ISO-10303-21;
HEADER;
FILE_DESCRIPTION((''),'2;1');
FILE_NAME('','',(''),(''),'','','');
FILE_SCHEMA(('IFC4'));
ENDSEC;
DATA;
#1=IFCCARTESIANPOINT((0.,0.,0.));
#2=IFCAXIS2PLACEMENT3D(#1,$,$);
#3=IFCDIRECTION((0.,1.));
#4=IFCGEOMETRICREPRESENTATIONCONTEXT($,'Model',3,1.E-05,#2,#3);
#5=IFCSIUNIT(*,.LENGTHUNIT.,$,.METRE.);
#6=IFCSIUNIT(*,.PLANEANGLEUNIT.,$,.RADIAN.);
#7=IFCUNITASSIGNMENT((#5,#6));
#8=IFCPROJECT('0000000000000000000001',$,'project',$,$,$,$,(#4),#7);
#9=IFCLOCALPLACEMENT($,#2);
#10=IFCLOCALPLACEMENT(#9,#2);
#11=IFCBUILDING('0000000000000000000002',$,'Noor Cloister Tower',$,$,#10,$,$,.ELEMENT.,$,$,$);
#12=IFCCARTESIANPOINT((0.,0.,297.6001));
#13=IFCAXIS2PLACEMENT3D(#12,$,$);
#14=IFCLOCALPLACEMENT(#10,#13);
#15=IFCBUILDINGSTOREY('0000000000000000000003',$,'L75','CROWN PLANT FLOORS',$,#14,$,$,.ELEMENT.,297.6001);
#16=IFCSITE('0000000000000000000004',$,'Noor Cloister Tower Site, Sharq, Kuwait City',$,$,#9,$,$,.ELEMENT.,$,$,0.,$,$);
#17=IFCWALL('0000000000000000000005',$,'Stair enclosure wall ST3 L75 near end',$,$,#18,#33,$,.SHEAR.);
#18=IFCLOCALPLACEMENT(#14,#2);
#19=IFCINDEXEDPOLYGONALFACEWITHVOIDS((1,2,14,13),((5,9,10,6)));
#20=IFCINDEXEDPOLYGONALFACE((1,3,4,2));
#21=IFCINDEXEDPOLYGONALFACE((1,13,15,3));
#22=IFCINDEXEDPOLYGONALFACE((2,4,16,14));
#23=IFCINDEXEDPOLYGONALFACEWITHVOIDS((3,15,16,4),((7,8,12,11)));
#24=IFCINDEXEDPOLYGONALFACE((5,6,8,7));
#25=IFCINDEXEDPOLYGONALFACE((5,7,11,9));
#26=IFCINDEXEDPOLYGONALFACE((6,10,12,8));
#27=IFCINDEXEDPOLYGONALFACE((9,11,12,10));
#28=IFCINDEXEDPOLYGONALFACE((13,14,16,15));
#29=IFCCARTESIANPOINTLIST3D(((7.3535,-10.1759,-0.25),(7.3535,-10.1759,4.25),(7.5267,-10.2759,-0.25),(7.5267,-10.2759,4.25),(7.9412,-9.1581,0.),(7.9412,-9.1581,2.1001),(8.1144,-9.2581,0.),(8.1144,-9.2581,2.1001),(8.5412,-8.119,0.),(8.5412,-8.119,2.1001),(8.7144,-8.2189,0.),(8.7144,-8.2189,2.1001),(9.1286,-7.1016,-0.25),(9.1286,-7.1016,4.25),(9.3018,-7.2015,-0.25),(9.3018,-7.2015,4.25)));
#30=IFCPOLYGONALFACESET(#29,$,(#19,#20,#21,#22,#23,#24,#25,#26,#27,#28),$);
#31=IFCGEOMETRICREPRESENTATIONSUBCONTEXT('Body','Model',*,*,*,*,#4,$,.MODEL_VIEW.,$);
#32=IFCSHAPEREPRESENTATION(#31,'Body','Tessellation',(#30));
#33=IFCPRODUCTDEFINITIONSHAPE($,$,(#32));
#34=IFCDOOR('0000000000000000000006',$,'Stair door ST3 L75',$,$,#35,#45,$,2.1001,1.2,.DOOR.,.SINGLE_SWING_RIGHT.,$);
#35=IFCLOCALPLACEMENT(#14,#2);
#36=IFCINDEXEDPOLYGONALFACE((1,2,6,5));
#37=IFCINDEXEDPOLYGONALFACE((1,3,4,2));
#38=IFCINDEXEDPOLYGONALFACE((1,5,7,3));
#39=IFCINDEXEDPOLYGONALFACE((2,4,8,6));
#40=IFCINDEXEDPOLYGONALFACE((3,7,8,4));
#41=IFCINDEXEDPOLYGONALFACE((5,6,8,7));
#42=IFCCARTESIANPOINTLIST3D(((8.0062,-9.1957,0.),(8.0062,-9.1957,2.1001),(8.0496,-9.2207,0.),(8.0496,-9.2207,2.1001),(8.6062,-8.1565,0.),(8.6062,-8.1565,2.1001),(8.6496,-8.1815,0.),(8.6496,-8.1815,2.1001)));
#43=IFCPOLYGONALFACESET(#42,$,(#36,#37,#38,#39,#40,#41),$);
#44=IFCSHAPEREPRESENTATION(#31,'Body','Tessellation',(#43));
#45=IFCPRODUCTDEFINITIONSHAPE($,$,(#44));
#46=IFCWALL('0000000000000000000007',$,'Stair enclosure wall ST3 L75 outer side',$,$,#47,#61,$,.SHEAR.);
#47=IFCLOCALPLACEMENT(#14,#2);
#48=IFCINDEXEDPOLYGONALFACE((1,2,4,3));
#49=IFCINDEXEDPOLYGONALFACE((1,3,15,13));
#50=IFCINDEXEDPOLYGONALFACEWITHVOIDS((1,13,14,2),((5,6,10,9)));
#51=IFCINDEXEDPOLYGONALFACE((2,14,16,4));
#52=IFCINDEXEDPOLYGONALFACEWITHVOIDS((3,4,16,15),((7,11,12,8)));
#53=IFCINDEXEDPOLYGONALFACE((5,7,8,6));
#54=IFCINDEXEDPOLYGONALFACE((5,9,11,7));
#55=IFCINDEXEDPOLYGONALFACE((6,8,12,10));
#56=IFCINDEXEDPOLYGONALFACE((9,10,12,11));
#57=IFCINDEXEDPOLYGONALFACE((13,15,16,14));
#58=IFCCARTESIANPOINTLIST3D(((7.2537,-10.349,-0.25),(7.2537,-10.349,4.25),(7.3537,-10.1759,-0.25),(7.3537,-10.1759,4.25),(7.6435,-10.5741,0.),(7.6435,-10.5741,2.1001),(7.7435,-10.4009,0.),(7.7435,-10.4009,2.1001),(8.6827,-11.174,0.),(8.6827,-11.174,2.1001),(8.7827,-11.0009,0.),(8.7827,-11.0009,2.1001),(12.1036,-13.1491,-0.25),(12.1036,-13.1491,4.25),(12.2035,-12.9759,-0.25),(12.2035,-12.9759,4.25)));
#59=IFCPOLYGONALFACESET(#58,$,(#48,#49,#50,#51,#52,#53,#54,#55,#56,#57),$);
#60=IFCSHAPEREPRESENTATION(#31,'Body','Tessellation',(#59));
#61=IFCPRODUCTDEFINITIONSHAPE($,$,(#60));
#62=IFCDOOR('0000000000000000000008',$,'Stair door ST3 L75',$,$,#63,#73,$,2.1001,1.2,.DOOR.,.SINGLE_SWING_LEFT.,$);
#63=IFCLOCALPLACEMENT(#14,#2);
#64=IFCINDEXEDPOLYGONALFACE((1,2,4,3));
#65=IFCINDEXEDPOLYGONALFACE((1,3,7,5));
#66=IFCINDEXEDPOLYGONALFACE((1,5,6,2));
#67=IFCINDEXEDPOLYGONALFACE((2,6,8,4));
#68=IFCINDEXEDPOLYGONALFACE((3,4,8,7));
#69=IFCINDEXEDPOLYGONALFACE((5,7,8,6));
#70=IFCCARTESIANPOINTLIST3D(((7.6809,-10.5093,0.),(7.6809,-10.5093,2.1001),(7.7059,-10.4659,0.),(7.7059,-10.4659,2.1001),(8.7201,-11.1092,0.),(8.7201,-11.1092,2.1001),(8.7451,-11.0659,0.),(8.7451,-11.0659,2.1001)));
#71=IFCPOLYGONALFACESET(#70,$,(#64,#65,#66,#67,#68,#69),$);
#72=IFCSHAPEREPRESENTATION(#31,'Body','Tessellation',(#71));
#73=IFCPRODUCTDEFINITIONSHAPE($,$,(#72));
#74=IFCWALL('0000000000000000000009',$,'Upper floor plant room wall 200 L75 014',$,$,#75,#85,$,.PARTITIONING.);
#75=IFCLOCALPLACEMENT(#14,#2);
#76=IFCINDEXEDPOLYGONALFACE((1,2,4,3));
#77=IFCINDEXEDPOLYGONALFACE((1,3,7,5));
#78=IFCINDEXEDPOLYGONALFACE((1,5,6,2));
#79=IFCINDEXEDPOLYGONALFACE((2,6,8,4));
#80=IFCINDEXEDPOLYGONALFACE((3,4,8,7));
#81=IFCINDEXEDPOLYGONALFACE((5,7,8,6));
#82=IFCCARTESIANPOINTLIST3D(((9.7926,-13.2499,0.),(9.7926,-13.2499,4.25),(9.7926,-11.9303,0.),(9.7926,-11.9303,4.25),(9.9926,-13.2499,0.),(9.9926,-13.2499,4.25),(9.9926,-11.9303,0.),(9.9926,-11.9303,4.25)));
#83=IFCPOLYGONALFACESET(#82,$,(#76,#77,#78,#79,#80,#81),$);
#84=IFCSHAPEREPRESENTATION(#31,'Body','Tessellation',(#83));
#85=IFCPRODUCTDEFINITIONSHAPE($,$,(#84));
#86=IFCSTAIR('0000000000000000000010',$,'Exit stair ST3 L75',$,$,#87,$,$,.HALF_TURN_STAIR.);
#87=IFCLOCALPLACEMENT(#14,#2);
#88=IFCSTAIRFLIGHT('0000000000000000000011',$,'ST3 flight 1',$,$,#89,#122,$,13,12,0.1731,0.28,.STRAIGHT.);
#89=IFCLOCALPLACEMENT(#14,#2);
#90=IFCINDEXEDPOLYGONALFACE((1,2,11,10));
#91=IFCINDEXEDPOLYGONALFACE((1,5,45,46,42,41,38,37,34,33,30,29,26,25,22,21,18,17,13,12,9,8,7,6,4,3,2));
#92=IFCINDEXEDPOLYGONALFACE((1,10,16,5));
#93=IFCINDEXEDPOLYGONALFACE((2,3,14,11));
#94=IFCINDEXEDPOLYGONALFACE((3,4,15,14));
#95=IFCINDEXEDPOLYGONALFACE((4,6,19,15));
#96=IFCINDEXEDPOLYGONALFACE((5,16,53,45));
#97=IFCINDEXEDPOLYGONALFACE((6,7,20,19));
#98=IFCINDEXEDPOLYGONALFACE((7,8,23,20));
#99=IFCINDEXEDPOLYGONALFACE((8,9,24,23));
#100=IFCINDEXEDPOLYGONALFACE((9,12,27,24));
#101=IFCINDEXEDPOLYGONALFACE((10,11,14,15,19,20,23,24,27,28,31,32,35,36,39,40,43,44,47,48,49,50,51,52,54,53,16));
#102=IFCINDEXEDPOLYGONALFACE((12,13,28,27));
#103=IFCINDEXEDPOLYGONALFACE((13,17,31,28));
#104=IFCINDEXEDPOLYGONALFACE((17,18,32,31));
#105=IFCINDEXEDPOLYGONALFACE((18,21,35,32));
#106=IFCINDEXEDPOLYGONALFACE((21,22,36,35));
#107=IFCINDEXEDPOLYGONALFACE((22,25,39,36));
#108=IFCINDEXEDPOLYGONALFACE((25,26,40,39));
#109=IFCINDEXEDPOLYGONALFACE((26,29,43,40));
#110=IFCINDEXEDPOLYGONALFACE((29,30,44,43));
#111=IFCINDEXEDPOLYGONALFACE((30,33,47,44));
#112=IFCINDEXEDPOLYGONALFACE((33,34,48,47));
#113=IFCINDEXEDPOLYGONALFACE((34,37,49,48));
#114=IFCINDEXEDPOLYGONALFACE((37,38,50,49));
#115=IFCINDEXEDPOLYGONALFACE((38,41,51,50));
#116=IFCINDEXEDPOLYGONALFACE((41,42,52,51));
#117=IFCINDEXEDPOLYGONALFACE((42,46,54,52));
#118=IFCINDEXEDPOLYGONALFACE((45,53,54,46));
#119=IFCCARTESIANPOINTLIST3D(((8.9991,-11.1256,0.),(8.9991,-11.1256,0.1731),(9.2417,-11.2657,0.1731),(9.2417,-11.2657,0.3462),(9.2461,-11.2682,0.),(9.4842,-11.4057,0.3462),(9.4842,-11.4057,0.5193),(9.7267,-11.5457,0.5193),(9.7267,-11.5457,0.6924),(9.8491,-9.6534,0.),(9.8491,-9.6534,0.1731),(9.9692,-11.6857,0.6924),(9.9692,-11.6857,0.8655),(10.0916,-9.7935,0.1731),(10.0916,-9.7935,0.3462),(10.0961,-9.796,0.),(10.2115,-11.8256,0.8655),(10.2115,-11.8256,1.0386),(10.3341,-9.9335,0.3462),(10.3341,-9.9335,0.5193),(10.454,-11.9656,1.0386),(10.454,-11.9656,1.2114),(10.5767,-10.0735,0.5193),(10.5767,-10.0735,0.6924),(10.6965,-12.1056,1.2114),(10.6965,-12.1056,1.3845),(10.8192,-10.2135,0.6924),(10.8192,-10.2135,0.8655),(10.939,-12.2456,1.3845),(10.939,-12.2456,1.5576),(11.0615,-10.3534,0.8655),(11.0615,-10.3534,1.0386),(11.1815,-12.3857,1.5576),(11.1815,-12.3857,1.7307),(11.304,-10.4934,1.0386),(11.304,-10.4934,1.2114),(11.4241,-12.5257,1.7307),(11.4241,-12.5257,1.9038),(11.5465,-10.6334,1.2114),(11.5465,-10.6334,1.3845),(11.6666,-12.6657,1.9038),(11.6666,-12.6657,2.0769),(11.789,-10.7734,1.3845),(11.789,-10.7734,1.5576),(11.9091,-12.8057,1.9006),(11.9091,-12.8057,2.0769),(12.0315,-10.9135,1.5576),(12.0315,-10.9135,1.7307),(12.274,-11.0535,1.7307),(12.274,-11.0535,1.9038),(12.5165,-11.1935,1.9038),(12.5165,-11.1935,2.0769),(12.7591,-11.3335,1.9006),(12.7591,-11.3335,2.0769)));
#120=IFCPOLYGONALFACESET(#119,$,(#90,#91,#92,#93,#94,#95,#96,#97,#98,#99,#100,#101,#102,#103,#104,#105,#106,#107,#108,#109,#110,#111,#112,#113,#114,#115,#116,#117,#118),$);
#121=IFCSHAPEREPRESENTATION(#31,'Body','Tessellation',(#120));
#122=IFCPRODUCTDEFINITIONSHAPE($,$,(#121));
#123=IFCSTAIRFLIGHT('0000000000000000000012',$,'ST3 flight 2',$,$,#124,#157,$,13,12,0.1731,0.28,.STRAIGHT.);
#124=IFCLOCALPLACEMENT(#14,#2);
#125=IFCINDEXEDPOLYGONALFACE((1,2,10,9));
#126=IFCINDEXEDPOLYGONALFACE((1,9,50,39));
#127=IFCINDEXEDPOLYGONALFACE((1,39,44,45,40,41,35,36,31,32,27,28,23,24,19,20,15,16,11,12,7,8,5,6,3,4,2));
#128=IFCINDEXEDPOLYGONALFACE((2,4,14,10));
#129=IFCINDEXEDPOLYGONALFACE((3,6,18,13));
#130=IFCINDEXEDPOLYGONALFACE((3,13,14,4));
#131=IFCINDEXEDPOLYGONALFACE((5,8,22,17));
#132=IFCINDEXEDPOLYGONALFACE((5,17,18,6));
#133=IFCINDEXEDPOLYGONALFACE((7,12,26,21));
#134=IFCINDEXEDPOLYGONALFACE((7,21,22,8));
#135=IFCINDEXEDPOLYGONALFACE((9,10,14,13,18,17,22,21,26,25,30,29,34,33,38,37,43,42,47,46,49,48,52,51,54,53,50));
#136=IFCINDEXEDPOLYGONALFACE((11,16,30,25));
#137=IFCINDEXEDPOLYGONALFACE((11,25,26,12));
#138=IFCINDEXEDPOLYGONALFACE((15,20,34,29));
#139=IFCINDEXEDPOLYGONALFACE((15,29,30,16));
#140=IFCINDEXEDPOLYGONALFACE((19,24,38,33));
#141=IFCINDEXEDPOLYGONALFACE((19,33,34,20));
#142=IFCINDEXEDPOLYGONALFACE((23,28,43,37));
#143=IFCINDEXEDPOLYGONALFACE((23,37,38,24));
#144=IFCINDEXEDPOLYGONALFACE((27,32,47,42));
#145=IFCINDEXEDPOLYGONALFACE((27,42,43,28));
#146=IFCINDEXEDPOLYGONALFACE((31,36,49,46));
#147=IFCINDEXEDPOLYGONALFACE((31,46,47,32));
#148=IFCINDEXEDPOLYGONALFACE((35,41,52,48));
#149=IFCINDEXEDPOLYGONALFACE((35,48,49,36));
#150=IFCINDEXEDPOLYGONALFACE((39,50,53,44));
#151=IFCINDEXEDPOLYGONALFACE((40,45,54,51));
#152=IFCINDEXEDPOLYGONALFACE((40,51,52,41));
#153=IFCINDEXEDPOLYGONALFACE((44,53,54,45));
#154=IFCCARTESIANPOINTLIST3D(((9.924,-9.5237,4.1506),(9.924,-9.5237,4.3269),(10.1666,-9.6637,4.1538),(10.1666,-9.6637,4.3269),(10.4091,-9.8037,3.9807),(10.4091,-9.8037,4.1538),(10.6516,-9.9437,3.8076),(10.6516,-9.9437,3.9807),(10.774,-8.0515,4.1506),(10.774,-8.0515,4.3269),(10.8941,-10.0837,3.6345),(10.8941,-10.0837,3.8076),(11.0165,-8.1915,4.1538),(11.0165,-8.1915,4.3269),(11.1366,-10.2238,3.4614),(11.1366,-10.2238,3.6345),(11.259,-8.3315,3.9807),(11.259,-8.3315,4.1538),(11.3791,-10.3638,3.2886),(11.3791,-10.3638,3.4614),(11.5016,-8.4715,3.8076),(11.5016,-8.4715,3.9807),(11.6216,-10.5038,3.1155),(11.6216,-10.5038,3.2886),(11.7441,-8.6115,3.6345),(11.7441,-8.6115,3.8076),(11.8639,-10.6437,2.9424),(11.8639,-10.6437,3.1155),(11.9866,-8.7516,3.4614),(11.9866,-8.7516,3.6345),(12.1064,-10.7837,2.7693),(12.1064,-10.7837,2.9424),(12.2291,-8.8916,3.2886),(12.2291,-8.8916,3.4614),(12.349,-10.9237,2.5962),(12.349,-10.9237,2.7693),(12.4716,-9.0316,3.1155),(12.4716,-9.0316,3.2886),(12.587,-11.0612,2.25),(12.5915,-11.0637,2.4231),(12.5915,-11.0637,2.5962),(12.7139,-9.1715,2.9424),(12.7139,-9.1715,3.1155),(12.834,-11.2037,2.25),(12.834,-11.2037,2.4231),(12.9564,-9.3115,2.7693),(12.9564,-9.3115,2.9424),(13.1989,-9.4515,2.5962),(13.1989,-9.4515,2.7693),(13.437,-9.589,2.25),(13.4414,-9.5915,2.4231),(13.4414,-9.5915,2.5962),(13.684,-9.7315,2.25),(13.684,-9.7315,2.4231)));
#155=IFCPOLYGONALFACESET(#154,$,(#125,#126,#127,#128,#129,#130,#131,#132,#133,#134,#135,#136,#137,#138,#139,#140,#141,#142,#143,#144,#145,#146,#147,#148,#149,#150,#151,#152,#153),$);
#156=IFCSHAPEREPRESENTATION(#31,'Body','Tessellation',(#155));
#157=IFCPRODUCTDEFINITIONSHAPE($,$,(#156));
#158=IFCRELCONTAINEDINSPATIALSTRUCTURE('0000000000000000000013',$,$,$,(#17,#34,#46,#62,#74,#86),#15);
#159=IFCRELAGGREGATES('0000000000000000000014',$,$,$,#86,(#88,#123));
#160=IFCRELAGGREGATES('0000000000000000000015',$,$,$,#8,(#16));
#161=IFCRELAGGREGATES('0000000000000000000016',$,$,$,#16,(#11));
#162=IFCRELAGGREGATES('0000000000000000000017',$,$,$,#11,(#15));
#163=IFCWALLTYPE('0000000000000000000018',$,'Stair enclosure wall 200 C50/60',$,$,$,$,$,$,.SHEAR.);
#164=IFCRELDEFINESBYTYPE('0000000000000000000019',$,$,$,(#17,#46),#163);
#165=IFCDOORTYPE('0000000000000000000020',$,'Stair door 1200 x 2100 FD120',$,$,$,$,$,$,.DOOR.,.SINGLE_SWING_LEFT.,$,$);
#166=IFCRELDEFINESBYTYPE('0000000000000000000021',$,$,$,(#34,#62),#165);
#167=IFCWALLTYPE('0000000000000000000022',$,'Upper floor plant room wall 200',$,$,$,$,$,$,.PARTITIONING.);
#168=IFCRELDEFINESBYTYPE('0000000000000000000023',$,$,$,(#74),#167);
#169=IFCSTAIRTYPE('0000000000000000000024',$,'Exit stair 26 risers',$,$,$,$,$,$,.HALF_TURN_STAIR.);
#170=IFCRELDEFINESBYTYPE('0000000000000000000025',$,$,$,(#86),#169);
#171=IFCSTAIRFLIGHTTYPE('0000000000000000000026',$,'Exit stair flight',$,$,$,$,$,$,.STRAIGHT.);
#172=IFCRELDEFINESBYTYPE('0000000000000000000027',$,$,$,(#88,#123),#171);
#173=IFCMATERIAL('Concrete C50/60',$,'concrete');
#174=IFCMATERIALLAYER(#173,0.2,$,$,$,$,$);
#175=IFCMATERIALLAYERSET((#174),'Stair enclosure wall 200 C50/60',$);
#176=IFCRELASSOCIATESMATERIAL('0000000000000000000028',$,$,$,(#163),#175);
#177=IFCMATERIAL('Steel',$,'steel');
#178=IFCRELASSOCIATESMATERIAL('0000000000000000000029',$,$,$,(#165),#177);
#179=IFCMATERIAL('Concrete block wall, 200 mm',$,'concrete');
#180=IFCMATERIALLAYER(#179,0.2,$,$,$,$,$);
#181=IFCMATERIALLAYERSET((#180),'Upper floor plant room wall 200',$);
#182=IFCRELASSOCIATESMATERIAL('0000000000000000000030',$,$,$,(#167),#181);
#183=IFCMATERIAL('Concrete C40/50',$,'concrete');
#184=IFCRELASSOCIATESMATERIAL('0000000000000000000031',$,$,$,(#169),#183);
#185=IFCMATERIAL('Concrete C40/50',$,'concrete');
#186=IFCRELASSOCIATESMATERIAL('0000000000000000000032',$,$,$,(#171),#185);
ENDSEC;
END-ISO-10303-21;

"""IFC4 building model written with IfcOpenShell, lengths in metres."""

from ifc_helpers import new_model, si_unit, direction, frame, frame_2d, origin, place, context, subcontext, project, spatial, polyline, rectangle, outline, extrude, material, layer, layer_set, type_object, element, fill, aggregate, save


model = new_model("IFC4")

# Units and contexts
model_context = context("Model", 3, precision=1e-05, world=origin(), true_north=direction((0.0, 1.0)))
body_context = subcontext(model_context, "Body", "Model", "MODEL_VIEW")
ifc_project = project(units=[si_unit("LENGTHUNIT", "METRE"), si_unit("PLANEANGLEUNIT", "RADIAN")], contexts=[model_context])

# Site, building, storey
site_placement = place(None, origin())
site = spatial("IfcSite", under=ifc_project, at=site_placement, Name="Noor Cloister Tower Site, Sharq, Kuwait City", CompositionType="ELEMENT", RefElevation=0.0)
building_placement = place(site_placement, origin())
building = spatial("IfcBuilding", under=site, at=building_placement, Name="Noor Cloister Tower", CompositionType="ELEMENT")
storey_placement = place(building_placement, frame((0.0, 0.0, 297.6001)))
storey = spatial("IfcBuildingStorey", under=building, at=storey_placement, Name="L75", Description="CROWN PLANT FLOORS", CompositionType="ELEMENT", Elevation=297.6001)

# Walls, openings, doors
ifc_material_1 = material(Name="Concrete C50/60", Category="concrete")
ifc_layer_1 = layer(ifc_material_1, 0.2)
ifc_layer_set_1 = layer_set([ifc_layer_1], Name="Stair enclosure wall 200 C50/60")
wall_type_1 = type_object("IfcWallType", Name="Stair enclosure wall 200 C50/60", PredefinedType="SHEAR", material=ifc_layer_set_1)
wall_1_placement = place(storey_placement, frame((7.4402, -10.2258, -0.25), z_axis=(0.0, 0.0, 1.0), x_axis=(0.500022, 0.866013, 0.0)))
wall_1 = element("IfcWall", 1, at=wall_1_placement, inside=storey, type_object=wall_type_1, Name="Stair enclosure wall ST3 L75 near end", PredefinedType="SHEAR", context=body_context, shape_type="SweptSolid", body=[
    extrude(rectangle(XDim=3.55, YDim=0.2, at=frame_2d((1.7749, 0.0))), origin(), (0.0, 0.0, 1.0), 4.5),
])
opening_1_placement = place(wall_1_placement, frame((1.175, 0.0, 0.25)))
opening_1 = element("IfcOpeningElement", 2, at=opening_1_placement, cuts=wall_1, PredefinedType="OPENING", context=body_context, shape_type="SweptSolid", body=[
    extrude(rectangle(XDim=1.2, YDim=2.1001, at=frame_2d((0.6001, 1.05))), frame((0.0, 0.1099, 0.0), z_axis=(0.0, -1.0, 0.0), x_axis=(1.0, 0.0, 0.0)), (0.0, 0.0, 1.0), 0.22),
])
ifc_material_2 = material(Name="Steel", Category="steel")
door_type = type_object("IfcDoorType", Name="Stair door 1200 x 2100 FD120", OperationType="SINGLE_SWING_LEFT", PredefinedType="DOOR", material=ifc_material_2)
door_1_placement = place(opening_1_placement, origin())
door_1 = element("IfcDoor", 3, at=door_1_placement, inside=storey, type_object=door_type, Name="Stair door ST3 L75", OperationType="SINGLE_SWING_RIGHT", OverallHeight=2.1001, OverallWidth=1.2, PredefinedType="DOOR", context=body_context, shape_type="SweptSolid", body=[
    extrude(rectangle(XDim=1.2, YDim=2.1001, at=frame_2d((0.6001, 1.05))), frame((0.0, 0.0249, 0.0), z_axis=(0.0, -1.0, 0.0), x_axis=(1.0, 0.0, 0.0)), (0.0, 0.0, 1.0), 0.05),
])
fill(opening_1, door_1)
wall_2_placement = place(storey_placement, frame((7.3037, -10.2625, -0.25), z_axis=(0.0, 0.0, 1.0), x_axis=(0.866027, -0.499998, 0.0)))
wall_2 = element("IfcWall", 4, at=wall_2_placement, inside=storey, type_object=wall_type_1, Name="Stair enclosure wall ST3 L75 outer side", PredefinedType="SHEAR", context=body_context, shape_type="SweptSolid", body=[
    extrude(rectangle(XDim=5.6001, YDim=0.2, at=frame_2d((2.8, 0.0))), origin(), (0.0, 0.0, 1.0), 4.5),
])
opening_2_placement = place(wall_2_placement, frame((0.45, 0.0, 0.25)))
opening_2 = element("IfcOpeningElement", 5, at=opening_2_placement, cuts=wall_2, PredefinedType="OPENING", context=body_context, shape_type="SweptSolid", body=[
    extrude(rectangle(XDim=1.2, YDim=2.1001, at=frame_2d((0.6001, 1.05))), frame((0.0, 0.1099, 0.0), z_axis=(0.0, -1.0, 0.0), x_axis=(1.0, 0.0, 0.0)), (0.0, 0.0, 1.0), 0.22),
])
door_2_placement = place(opening_2_placement, origin())
door_2 = element("IfcDoor", 6, at=door_2_placement, inside=storey, type_object=door_type, Name="Stair door ST3 L75", OperationType="SINGLE_SWING_LEFT", OverallHeight=2.1001, OverallWidth=1.2, PredefinedType="DOOR", context=body_context, shape_type="SweptSolid", body=[
    extrude(rectangle(XDim=1.2, YDim=2.1001, at=frame_2d((0.6001, 1.05))), frame((0.0, 0.0249, 0.0), z_axis=(0.0, -1.0, 0.0), x_axis=(1.0, 0.0, 0.0)), (0.0, 0.0, 1.0), 0.05),
])
fill(opening_2, door_2)

# Wall
ifc_material_3 = material(Name="Concrete block wall, 200 mm", Category="concrete")
ifc_layer_2 = layer(ifc_material_3, 0.2)
ifc_layer_set_2 = layer_set([ifc_layer_2], Name="Upper floor plant room wall 200")
wall_type_2 = type_object("IfcWallType", Name="Upper floor plant room wall 200", PredefinedType="PARTITIONING", material=ifc_layer_set_2)
wall_3_placement = place(storey_placement, frame((9.8926, -13.2498, 0.0), z_axis=(0.0, 0.0, 1.0), x_axis=(0.0, 1.0, 0.0)))
element("IfcWall", 7, at=wall_3_placement, inside=storey, type_object=wall_type_2, Name="Upper floor plant room wall 200 L75 014", PredefinedType="PARTITIONING", context=body_context, shape_type="SweptSolid", body=[
    extrude(rectangle(XDim=1.3196, YDim=0.2, at=frame_2d((0.6597, 0.0))), origin(), (0.0, 0.0, 1.0), 4.25),
])

# Stair, stair flights
ifc_material_4 = material(Name="Concrete C40/50", Category="concrete")
stair_type = type_object("IfcStairType", Name="Exit stair 26 risers", PredefinedType="HALF_TURN_STAIR", material=ifc_material_4)
stair_placement = place(storey_placement, origin())
stair = element("IfcStair", 8, at=stair_placement, inside=storey, type_object=stair_type, Name="Exit stair ST3 L75", PredefinedType="HALF_TURN_STAIR")
ifc_material_5 = material(Name="Concrete C40/50", Category="concrete")
stair_flight_type = type_object("IfcStairFlightType", Name="Exit stair flight", PredefinedType="STRAIGHT", material=ifc_material_5)
stair_flight_1_placement = place(storey_placement, frame((9.4241, -10.3896, 0.0), z_axis=(0.0, 0.0, 1.0), x_axis=(0.866025, -0.5, 0.0)))
stair_flight_1 = element("IfcStairFlight", 9, at=stair_flight_1_placement, type_object=stair_flight_type, Name="ST3 flight 1", NumberOfRisers=13, NumberOfTreads=12, PredefinedType="STRAIGHT", RiserHeight=0.1731, TreadLength=0.28, context=body_context, shape_type="SweptSolid", body=[
    extrude(outline(polyline([(0.0, 0.0), (0.0, 0.1731), (0.28, 0.1731), (0.28, 0.3462), (0.5601, 0.3462), (0.5601, 0.5193), (0.8401, 0.5193), (0.8401, 0.6924), (1.1201, 0.6924), (1.1201, 0.8655), (1.3999, 0.8655), (1.3999, 1.0386), (1.6799, 1.0386), (1.6799, 1.2114), (1.96, 1.2114), (1.96, 1.3845), (2.24, 1.3845), (2.24, 1.5576), (2.52, 1.5576), (2.52, 1.7307), (2.8, 1.7307), (2.8, 1.9038), (3.0801, 1.9038), (3.0801, 2.0769), (3.3601, 2.0769), (3.3601, 2.25), (3.3601, 1.9006), (0.2852, 0.0), (0.0, 0.0)])), frame((0.0, 0.8501, 0.0), z_axis=(0.0, -1.0, 0.0), x_axis=(1.0, 0.0, 0.0)), (0.0, 0.0, 1.0), 1.7),
])
stair_flight_2_placement = place(storey_placement, frame((13.259, -10.4675, 2.25), z_axis=(0.0, 0.0, 1.0), x_axis=(-0.866025, 0.5, 0.0)))
stair_flight_2 = element("IfcStairFlight", 10, at=stair_flight_2_placement, type_object=stair_flight_type, Name="ST3 flight 2", NumberOfRisers=13, NumberOfTreads=12, PredefinedType="STRAIGHT", RiserHeight=0.1731, TreadLength=0.28, context=body_context, shape_type="SweptSolid", body=[
    extrude(outline(polyline([(0.0, 0.0), (0.0, 0.1731), (0.28, 0.1731), (0.28, 0.3462), (0.5601, 0.3462), (0.5601, 0.5193), (0.8401, 0.5193), (0.8401, 0.6924), (1.1201, 0.6924), (1.1201, 0.8655), (1.3999, 0.8655), (1.3999, 1.0386), (1.6799, 1.0386), (1.6799, 1.2114), (1.96, 1.2114), (1.96, 1.3845), (2.24, 1.3845), (2.24, 1.5576), (2.52, 1.5576), (2.52, 1.7307), (2.8, 1.7307), (2.8, 1.9038), (3.0801, 1.9038), (3.0801, 2.0769), (3.3601, 2.0769), (3.3601, 2.25), (3.3601, 1.9006), (0.2852, 0.0), (0.0, 0.0)])), frame((0.0, 0.8501, 0.0), z_axis=(0.0, -1.0, 0.0), x_axis=(1.0, 0.0, 0.0)), (0.0, 0.0, 1.0), 1.7),
])
aggregate(stair, [stair_flight_1, stair_flight_2])

save(model, "model.ifc")
